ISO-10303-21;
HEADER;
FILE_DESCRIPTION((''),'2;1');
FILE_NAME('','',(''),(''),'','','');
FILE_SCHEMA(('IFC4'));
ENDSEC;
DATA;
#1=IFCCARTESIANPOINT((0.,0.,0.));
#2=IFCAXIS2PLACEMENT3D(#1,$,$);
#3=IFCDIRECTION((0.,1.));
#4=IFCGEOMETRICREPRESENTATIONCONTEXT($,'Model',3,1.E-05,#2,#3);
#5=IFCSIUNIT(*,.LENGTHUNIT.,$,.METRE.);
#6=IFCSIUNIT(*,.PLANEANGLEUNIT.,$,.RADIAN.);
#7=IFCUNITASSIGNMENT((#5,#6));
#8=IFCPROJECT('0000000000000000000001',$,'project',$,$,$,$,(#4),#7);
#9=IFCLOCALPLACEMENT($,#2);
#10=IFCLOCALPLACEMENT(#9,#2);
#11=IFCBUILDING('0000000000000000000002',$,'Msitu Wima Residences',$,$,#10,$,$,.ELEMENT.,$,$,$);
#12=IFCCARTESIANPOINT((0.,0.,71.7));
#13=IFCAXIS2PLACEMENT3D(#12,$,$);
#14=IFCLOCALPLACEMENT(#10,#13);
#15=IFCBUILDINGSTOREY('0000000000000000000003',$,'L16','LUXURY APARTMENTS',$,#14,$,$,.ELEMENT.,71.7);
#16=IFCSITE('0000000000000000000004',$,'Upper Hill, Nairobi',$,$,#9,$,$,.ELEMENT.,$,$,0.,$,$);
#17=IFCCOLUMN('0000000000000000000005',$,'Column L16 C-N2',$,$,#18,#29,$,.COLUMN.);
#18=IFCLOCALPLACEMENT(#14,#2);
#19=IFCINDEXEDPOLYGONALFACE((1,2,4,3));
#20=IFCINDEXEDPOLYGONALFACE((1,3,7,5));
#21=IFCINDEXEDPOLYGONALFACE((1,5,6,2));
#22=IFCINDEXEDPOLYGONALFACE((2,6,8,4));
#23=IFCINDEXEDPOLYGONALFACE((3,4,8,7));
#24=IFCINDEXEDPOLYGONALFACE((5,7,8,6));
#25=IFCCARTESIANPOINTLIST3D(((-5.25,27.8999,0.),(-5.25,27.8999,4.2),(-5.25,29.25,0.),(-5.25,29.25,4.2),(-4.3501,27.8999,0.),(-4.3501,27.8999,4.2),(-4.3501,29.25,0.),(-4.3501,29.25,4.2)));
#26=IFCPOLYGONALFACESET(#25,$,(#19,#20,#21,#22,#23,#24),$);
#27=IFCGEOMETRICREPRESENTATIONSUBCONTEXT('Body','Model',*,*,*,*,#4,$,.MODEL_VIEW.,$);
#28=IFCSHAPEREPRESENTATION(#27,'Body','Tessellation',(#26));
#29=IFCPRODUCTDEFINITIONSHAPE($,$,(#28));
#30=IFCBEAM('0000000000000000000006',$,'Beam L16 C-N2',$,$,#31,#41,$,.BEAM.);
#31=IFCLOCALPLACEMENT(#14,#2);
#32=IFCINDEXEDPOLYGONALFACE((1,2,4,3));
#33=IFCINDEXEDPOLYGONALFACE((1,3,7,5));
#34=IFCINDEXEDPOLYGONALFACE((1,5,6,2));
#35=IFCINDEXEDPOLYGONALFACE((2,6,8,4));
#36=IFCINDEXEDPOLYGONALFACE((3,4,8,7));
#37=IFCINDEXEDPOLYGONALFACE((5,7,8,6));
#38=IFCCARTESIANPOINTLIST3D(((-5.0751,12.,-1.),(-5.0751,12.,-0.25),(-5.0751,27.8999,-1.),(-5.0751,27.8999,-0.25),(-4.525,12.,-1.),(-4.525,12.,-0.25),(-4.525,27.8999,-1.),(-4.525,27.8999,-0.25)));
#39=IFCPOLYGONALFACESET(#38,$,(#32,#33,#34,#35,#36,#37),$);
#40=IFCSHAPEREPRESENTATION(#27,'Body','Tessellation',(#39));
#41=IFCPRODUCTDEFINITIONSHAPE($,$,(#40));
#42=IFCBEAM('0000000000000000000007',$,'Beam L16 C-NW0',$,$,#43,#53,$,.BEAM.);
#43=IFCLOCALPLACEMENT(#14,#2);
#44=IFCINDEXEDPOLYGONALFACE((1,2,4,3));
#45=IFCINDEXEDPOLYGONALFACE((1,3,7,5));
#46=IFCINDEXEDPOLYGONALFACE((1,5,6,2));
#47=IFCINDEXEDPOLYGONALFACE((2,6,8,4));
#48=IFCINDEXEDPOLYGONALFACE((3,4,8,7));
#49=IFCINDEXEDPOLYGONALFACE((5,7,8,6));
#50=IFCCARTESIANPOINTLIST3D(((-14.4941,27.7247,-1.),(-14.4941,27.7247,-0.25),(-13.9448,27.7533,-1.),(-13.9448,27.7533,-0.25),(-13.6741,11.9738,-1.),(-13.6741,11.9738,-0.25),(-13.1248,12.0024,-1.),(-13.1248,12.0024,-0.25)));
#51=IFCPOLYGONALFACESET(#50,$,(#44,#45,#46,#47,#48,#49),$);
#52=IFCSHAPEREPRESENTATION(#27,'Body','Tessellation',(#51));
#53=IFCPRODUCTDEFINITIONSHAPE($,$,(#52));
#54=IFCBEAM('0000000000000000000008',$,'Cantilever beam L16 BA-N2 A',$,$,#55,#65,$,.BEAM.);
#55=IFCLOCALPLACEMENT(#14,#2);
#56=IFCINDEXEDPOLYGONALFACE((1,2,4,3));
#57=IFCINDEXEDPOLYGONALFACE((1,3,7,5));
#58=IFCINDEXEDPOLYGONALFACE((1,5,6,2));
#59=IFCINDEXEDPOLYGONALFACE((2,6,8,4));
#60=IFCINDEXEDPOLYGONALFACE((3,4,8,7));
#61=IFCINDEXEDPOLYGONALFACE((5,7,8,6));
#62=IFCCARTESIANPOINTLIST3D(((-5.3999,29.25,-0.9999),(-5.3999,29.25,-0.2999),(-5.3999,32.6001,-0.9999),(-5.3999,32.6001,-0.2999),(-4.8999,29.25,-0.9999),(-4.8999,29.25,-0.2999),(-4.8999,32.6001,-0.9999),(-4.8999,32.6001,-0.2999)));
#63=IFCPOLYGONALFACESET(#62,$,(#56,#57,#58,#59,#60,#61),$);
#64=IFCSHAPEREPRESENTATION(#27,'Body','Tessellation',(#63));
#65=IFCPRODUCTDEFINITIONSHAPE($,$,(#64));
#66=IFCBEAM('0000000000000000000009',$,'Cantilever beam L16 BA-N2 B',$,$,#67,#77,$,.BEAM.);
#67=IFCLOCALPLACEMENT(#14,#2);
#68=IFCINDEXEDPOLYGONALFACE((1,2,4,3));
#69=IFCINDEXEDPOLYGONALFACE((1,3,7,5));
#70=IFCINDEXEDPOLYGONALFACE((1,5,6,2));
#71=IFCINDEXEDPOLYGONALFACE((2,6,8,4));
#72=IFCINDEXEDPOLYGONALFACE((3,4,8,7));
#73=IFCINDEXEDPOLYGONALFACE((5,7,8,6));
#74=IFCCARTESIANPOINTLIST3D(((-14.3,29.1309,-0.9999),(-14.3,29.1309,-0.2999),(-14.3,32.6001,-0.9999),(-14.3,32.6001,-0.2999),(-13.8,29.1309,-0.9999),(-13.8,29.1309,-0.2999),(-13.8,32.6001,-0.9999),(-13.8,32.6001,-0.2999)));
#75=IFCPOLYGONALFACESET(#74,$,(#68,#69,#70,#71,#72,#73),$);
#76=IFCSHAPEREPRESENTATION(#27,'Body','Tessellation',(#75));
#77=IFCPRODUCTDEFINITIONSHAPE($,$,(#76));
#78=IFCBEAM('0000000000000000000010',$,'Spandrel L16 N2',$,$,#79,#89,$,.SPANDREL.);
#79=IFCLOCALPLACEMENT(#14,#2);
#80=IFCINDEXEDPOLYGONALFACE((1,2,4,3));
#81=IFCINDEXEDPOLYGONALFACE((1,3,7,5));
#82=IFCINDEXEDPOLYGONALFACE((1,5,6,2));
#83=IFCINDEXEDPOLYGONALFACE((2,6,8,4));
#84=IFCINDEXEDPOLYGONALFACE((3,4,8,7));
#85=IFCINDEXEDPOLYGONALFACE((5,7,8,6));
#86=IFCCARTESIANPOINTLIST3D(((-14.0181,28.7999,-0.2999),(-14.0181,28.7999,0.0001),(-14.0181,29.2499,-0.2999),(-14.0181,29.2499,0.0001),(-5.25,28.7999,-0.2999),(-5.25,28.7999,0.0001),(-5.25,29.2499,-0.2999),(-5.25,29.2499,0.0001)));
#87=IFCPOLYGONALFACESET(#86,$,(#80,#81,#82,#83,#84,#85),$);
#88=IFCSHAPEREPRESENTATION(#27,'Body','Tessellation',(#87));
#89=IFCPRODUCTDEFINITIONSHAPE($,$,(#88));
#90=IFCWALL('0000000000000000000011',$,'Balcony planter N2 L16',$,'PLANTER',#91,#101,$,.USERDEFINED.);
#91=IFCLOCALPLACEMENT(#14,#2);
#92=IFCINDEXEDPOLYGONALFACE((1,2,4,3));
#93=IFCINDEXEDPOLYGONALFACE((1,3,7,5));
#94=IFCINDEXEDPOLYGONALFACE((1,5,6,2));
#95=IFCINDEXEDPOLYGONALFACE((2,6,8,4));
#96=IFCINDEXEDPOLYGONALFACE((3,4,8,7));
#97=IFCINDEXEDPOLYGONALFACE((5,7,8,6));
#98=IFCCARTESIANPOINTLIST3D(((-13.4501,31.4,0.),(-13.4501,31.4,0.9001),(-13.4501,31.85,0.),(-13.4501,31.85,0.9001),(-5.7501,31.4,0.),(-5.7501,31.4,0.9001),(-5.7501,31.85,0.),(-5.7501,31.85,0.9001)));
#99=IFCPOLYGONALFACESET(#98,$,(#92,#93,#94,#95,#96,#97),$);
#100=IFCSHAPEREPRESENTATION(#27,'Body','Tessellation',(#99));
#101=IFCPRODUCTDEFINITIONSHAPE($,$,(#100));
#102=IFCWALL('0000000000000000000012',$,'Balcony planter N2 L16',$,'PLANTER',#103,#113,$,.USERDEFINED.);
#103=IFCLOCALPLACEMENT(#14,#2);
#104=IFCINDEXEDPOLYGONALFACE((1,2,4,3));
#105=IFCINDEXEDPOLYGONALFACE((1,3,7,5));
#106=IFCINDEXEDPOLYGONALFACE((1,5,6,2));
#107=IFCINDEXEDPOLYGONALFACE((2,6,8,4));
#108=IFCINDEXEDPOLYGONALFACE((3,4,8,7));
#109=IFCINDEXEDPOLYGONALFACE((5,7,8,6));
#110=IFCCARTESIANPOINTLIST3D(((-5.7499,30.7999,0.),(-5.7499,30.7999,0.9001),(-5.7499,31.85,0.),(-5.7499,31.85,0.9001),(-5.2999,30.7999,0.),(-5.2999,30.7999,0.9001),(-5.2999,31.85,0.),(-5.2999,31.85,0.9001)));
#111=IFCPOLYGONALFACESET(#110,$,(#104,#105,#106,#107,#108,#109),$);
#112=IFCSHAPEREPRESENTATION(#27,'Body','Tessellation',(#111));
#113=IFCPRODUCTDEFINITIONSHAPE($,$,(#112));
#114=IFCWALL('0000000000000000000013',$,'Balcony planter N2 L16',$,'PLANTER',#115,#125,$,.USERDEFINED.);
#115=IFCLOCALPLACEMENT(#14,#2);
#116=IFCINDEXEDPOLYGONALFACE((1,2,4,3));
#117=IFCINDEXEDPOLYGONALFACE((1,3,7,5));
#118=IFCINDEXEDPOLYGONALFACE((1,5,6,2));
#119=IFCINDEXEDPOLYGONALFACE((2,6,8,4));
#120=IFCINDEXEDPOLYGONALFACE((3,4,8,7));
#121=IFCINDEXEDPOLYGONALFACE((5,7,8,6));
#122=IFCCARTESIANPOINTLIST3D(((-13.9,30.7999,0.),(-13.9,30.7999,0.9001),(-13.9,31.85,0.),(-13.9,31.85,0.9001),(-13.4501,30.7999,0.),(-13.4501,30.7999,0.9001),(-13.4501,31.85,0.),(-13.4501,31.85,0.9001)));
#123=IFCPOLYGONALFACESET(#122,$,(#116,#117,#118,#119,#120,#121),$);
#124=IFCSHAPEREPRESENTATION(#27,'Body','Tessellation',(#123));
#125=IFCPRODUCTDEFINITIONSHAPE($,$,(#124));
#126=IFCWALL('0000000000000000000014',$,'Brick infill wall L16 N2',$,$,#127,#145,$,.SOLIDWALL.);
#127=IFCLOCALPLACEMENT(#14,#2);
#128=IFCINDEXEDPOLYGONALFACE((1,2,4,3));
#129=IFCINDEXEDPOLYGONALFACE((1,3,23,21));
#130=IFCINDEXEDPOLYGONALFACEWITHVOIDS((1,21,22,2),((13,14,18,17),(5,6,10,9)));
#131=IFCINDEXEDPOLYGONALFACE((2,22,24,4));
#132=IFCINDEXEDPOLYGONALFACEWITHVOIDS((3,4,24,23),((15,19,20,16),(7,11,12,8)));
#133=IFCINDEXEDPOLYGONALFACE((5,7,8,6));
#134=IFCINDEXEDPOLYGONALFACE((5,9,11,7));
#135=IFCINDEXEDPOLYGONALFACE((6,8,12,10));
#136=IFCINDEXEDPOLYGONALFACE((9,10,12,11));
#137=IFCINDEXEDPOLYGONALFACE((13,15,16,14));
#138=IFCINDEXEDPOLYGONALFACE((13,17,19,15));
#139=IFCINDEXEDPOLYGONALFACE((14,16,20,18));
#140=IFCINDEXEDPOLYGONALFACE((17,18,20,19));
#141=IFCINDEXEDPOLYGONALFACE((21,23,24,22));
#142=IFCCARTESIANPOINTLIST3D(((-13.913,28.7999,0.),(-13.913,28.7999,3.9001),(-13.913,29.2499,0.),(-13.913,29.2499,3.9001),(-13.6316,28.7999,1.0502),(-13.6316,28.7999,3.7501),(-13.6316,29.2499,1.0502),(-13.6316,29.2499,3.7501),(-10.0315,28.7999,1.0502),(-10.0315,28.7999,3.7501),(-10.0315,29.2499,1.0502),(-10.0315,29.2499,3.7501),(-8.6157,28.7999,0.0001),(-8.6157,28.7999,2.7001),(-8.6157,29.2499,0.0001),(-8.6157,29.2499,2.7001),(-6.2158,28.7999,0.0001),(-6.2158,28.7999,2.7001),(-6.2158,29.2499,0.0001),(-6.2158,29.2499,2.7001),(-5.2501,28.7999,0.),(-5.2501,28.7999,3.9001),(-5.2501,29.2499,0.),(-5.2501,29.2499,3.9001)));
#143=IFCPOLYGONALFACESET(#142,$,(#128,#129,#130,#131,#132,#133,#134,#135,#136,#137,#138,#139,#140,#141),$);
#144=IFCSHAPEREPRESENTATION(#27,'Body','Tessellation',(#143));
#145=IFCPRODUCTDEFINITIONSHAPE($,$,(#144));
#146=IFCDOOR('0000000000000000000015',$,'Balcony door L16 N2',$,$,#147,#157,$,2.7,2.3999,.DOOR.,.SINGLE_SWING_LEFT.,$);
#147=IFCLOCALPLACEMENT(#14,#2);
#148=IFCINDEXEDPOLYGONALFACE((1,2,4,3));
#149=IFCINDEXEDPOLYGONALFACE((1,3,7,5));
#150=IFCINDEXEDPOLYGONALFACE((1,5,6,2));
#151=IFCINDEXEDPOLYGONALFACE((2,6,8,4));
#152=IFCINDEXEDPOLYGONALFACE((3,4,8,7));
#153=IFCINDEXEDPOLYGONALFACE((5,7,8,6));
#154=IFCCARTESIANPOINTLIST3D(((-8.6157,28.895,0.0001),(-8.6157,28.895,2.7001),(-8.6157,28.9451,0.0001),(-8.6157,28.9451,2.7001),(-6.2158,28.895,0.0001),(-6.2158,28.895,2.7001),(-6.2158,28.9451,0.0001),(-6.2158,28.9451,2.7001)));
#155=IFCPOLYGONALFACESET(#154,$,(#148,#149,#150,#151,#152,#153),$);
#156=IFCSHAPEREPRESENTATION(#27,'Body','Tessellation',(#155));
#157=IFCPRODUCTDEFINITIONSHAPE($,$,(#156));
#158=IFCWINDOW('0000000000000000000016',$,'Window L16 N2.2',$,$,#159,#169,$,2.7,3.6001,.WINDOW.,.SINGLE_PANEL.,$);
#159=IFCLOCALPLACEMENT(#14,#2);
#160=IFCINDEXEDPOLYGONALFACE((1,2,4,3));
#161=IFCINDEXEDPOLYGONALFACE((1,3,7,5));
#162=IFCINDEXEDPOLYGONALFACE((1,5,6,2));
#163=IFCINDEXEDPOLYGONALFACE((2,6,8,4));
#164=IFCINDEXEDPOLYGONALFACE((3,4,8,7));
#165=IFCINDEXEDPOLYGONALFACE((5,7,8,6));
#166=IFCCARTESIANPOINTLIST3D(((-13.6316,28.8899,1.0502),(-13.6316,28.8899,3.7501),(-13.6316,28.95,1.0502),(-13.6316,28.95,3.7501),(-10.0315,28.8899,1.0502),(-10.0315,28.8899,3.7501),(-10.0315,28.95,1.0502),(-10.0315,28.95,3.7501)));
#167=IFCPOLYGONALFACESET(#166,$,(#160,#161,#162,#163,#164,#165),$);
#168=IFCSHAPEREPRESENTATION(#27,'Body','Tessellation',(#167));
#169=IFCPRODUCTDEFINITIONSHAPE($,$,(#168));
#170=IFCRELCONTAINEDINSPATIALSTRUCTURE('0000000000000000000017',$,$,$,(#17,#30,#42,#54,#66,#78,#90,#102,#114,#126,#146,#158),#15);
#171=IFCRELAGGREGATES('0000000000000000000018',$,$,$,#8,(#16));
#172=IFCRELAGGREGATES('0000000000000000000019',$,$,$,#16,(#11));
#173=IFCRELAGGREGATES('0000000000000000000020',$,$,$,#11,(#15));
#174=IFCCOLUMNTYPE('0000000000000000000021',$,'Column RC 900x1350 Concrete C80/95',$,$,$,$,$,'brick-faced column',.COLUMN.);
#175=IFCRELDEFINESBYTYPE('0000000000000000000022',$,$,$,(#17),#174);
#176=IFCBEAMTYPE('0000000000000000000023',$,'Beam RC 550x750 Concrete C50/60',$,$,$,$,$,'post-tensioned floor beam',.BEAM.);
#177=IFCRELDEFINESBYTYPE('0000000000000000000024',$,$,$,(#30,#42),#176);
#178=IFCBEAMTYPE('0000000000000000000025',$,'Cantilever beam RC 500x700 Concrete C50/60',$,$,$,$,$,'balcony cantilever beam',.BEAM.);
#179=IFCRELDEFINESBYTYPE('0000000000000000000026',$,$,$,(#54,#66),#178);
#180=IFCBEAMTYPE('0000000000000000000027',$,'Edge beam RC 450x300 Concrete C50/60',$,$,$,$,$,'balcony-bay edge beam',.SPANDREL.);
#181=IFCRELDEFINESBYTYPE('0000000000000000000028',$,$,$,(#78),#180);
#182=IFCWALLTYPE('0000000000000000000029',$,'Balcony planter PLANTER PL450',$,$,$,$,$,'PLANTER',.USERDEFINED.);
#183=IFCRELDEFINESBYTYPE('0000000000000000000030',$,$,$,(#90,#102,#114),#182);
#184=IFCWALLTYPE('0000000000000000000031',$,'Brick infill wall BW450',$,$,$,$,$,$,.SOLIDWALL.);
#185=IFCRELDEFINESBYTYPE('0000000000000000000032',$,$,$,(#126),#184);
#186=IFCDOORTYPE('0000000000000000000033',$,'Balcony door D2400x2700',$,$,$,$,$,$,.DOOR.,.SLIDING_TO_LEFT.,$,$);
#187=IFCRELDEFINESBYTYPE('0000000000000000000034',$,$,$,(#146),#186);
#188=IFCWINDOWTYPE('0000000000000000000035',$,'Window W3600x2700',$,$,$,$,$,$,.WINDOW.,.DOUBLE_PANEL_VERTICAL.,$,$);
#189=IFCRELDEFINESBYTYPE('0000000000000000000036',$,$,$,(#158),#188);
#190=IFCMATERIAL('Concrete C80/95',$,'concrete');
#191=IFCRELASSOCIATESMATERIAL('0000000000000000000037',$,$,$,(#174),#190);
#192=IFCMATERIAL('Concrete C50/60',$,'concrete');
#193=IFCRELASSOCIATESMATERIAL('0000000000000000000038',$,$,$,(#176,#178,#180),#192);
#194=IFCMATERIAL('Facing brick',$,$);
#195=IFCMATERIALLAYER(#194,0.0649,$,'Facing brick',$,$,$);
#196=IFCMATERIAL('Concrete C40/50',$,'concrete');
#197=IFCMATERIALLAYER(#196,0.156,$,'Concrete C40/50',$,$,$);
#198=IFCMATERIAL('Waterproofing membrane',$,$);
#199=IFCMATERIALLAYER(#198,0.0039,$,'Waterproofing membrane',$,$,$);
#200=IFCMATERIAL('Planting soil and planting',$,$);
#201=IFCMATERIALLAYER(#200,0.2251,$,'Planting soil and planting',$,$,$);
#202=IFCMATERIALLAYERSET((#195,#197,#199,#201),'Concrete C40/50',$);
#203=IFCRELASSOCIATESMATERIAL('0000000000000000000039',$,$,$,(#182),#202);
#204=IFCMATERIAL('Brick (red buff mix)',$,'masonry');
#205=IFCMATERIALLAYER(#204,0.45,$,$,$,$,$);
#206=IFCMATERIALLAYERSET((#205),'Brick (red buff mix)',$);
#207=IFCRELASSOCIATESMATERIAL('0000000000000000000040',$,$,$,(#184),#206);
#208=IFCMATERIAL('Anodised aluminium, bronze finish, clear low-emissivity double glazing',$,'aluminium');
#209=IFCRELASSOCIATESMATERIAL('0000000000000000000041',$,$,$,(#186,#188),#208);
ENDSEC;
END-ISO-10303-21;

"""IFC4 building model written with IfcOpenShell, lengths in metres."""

from ifc_helpers import new_model, si_unit, direction, frame, frame_2d, origin, origin_2d, place, context, subcontext, project, spatial, rectangle, extrude, material, layer, layer_set, material_profile, profile_set, type_object, element, fill, save


model = new_model("IFC4")

# Units and contexts
model_context = context("Model", 3, precision=1e-05, world=origin(), true_north=direction((0.0, 1.0)))
body_context = subcontext(model_context, "Body", "Model", "MODEL_VIEW")
ifc_project = project(units=[si_unit("LENGTHUNIT", "METRE"), si_unit("PLANEANGLEUNIT", "RADIAN")], contexts=[model_context])

# Site, building, storey
site_placement = place(None, origin())
site = spatial("IfcSite", under=ifc_project, at=site_placement, Name="Upper Hill, Nairobi", CompositionType="ELEMENT", RefElevation=0.0)
building_placement = place(site_placement, origin())
building = spatial("IfcBuilding", under=site, at=building_placement, Name="Msitu Wima Residences", CompositionType="ELEMENT")
storey_placement = place(building_placement, frame((0.0, 0.0, 71.7)))
storey = spatial("IfcBuildingStorey", under=building, at=storey_placement, Name="L16", Description="LUXURY APARTMENTS", CompositionType="ELEMENT", Elevation=71.7)

# Column
ifc_material_1 = material(Name="Concrete C80/95", Category="concrete")
ifc_material_profile_1 = material_profile(ifc_material_1, rectangle(XDim=0.8999, YDim=1.3501, at=origin_2d()), Name="RC 900x1350")
ifc_profile_set_1 = profile_set([ifc_material_profile_1], Name="Concrete C80/95")
column_type = type_object("IfcColumnType", Name="Column RC 900x1350 Concrete C80/95", ElementType="brick-faced column", PredefinedType="COLUMN", material=ifc_profile_set_1)
column_placement = place(storey_placement, frame((-4.8, 28.575, 0.0), z_axis=(0.0, 0.0, 1.0), x_axis=(-1.0, 0.0, 0.0)))
element("IfcColumn", 1, at=column_placement, inside=storey, type_object=column_type, Name="Column L16 C-N2", PredefinedType="COLUMN", context=body_context, shape_type="SweptSolid", body=[
    extrude(rectangle(XDim=0.8999, YDim=1.3501, at=origin_2d()), origin(), (0.0, 0.0, 1.0), 4.2),
])

# Beams
ifc_material_2 = material(Name="Concrete C50/60", Category="concrete")
ifc_material_profile_2 = material_profile(ifc_material_2, rectangle(XDim=0.55, YDim=0.75, at=origin_2d()), Name="RC 550x750")
ifc_profile_set_2 = profile_set([ifc_material_profile_2], Name="Concrete C50/60")
beam_type_1 = type_object("IfcBeamType", Name="Beam RC 550x750 Concrete C50/60", ElementType="post-tensioned floor beam", PredefinedType="BEAM", material=ifc_profile_set_2)
beam_1_placement = place(storey_placement, frame((-4.8, 27.8999, -0.625), z_axis=(0.0, -1.0, 0.0), x_axis=(1.0, 0.0, 0.0)))
element("IfcBeam", 2, at=beam_1_placement, inside=storey, type_object=beam_type_1, Name="Beam L16 C-N2", PredefinedType="BEAM", context=body_context, shape_type="SweptSolid", body=[
    extrude(rectangle(XDim=0.55, YDim=0.75, at=origin_2d()), origin(), (0.0, 0.0, 1.0), 15.8999),
])
beam_2_placement = place(storey_placement, frame((-14.2195, 27.739, -0.625), z_axis=(0.051994, -0.998647, 0.0), x_axis=(0.998647, 0.051994, 0.0)))
element("IfcBeam", 3, at=beam_2_placement, inside=storey, type_object=beam_type_1, Name="Beam L16 C-NW0", PredefinedType="BEAM", context=body_context, shape_type="SweptSolid", body=[
    extrude(rectangle(XDim=0.55, YDim=0.75, at=origin_2d()), origin(), (0.0, 0.0, 1.0), 15.7722),
])
ifc_material_profile_3 = material_profile(ifc_material_2, rectangle(XDim=0.5, YDim=0.7, at=origin_2d()), Name="RC 500x700")
ifc_profile_set_3 = profile_set([ifc_material_profile_3], Name="Concrete C50/60")
beam_type_2 = type_object("IfcBeamType", Name="Cantilever beam RC 500x700 Concrete C50/60", ElementType="balcony cantilever beam", PredefinedType="BEAM", material=ifc_profile_set_3)
beam_3_placement = place(storey_placement, frame((-5.1499, 29.25, -0.6499), z_axis=(0.0, 1.0, 0.0), x_axis=(-1.0, 0.0, 0.0)))
element("IfcBeam", 4, at=beam_3_placement, inside=storey, type_object=beam_type_2, Name="Cantilever beam L16 BA-N2 A", PredefinedType="BEAM", context=body_context, shape_type="SweptSolid", body=[
    extrude(rectangle(XDim=0.5, YDim=0.7, at=origin_2d()), origin(), (0.0, 0.0, 1.0), 3.3501),
])
beam_4_placement = place(storey_placement, frame((-14.05, 29.1309, -0.6499), z_axis=(0.0, 1.0, 0.0), x_axis=(-1.0, 0.0, 0.0)))
element("IfcBeam", 5, at=beam_4_placement, inside=storey, type_object=beam_type_2, Name="Cantilever beam L16 BA-N2 B", PredefinedType="BEAM", context=body_context, shape_type="SweptSolid", body=[
    extrude(rectangle(XDim=0.5, YDim=0.7, at=origin_2d()), origin(), (0.0, 0.0, 1.0), 3.4692),
])
ifc_material_profile_4 = material_profile(ifc_material_2, rectangle(XDim=0.45, YDim=0.3, at=origin_2d()), Name="RC 450x300")
ifc_profile_set_4 = profile_set([ifc_material_profile_4], Name="Concrete C50/60")
beam_type_3 = type_object("IfcBeamType", Name="Edge beam RC 450x300 Concrete C50/60", ElementType="balcony-bay edge beam", PredefinedType="SPANDREL", material=ifc_profile_set_4)
beam_5_placement = place(storey_placement, frame((-5.25, 29.0249, -0.1499), z_axis=(-1.0, 0.0, 0.0), x_axis=(0.0, -1.0, 0.0)))
element("IfcBeam", 6, at=beam_5_placement, inside=storey, type_object=beam_type_3, Name="Spandrel L16 N2", PredefinedType="SPANDREL", context=body_context, shape_type="SweptSolid", body=[
    extrude(rectangle(XDim=0.45, YDim=0.3, at=origin_2d()), origin(), (0.0, 0.0, 1.0), 8.7681),
])

# Walls
ifc_material_3 = material(Name="Facing brick")
ifc_layer_1 = layer(ifc_material_3, 0.0649, Name="Facing brick")
ifc_material_4 = material(Name="Concrete C40/50", Category="concrete")
ifc_layer_2 = layer(ifc_material_4, 0.156, Name="Concrete C40/50")
ifc_material_5 = material(Name="Waterproofing membrane")
ifc_layer_3 = layer(ifc_material_5, 0.0039, Name="Waterproofing membrane")
ifc_material_6 = material(Name="Planting soil and planting")
ifc_layer_4 = layer(ifc_material_6, 0.2251, Name="Planting soil and planting")
ifc_layer_set_1 = layer_set([ifc_layer_1, ifc_layer_2, ifc_layer_3, ifc_layer_4], Name="Concrete C40/50")
wall_type_1 = type_object("IfcWallType", Name="Balcony planter PLANTER PL450", ElementType="PLANTER", PredefinedType="USERDEFINED", material=ifc_layer_set_1)
wall_1_placement = place(storey_placement, frame((-5.75, 31.625, 0.0), z_axis=(0.0, 0.0, 1.0), x_axis=(-1.0, 0.0, 0.0)))
element("IfcWall", 7, at=wall_1_placement, inside=storey, type_object=wall_type_1, Name="Balcony planter N2 L16", ObjectType="PLANTER", PredefinedType="USERDEFINED", context=body_context, shape_type="SweptSolid", body=[
    extrude(rectangle(XDim=7.7, YDim=0.45, at=frame_2d((3.8501, 0.0))), origin(), (0.0, 0.0, 1.0), 0.9001),
])
for number, where, z_axis, x_axis, name in (
    (8, (-5.5249, 30.8, 0.0), (0.0, 0.0, 1.0), (0.0, 1.0, 0.0), "Balcony planter N2 L16"),
    (9, (-13.675, 30.8, 0.0), (0.0, 0.0, 1.0), (0.0, 1.0, 0.0), "Balcony planter N2 L16"),
):
    element("IfcWall", number, at=place(storey_placement, frame(where, z_axis=z_axis, x_axis=x_axis)), inside=storey, type_object=wall_type_1, Name=name, ObjectType="PLANTER", PredefinedType="USERDEFINED", context=body_context, shape_type="SweptSolid", body=[
        extrude(rectangle(XDim=1.05, YDim=0.45, at=frame_2d((0.5249, 0.0))), origin(), (0.0, 0.0, 1.0), 0.9001),
    ])

# Wall, openings, door, window
ifc_material_7 = material(Name="Brick (red buff mix)", Category="masonry")
ifc_layer_5 = layer(ifc_material_7, 0.45)
ifc_layer_set_2 = layer_set([ifc_layer_5], Name="Brick (red buff mix)")
wall_type_2 = type_object("IfcWallType", Name="Brick infill wall BW450", PredefinedType="SOLIDWALL", material=ifc_layer_set_2)
wall_2_placement = place(storey_placement, frame((-5.25, 29.0249, 0.0), z_axis=(0.0, 0.0, 1.0), x_axis=(-1.0, 0.0, 0.0)))
wall_2 = element("IfcWall", 10, at=wall_2_placement, inside=storey, type_object=wall_type_2, Name="Brick infill wall L16 N2", PredefinedType="SOLIDWALL", context=body_context, shape_type="SweptSolid", body=[
    extrude(rectangle(XDim=8.6628, YDim=0.45, at=frame_2d((4.3315, 0.0))), origin(), (0.0, 0.0, 1.0), 3.9001),
])
opening_1_placement = place(wall_2_placement, frame((0.9658, 0.0, 0.0)))
opening_1 = element("IfcOpeningElement", 11, at=opening_1_placement, cuts=wall_2, PredefinedType="OPENING", context=body_context, shape_type="SweptSolid", body=[
    extrude(rectangle(XDim=2.3999, YDim=2.7, at=frame_2d((1.2, 1.3501))), frame((0.0, 0.2349, 0.0), z_axis=(0.0, -1.0, 0.0), x_axis=(1.0, 0.0, 0.0)), (0.0, 0.0, 1.0), 0.47),
])
opening_2_placement = place(wall_2_placement, frame((4.7815, 0.0, 1.05)))
opening_2 = element("IfcOpeningElement", 12, at=opening_2_placement, cuts=wall_2, PredefinedType="OPENING", context=body_context, shape_type="SweptSolid", body=[
    extrude(rectangle(XDim=3.6001, YDim=2.7, at=frame_2d((1.8, 1.3501))), frame((0.0, 0.2349, 0.0), z_axis=(0.0, -1.0, 0.0), x_axis=(1.0, 0.0, 0.0)), (0.0, 0.0, 1.0), 0.47),
])
ifc_material_8 = material(Name="Anodised aluminium, bronze finish, clear low-emissivity double glazing", Category="aluminium")
door_type_1 = type_object("IfcDoorType", Name="Balcony door D2400x2700", OperationType="SLIDING_TO_LEFT", PredefinedType="DOOR", material=ifc_material_8)
door_1_placement = place(opening_1_placement, origin())
door_1 = element("IfcDoor", 13, at=door_1_placement, inside=storey, type_object=door_type_1, Name="Balcony door L16 N2", OperationType="SINGLE_SWING_LEFT", OverallHeight=2.7, OverallWidth=2.3999, PredefinedType="DOOR", context=body_context, shape_type="SweptSolid", body=[
    extrude(rectangle(XDim=2.3999, YDim=2.7, at=frame_2d((1.2, 1.3501))), frame((0.0, 0.1299, 0.0), z_axis=(0.0, -1.0, 0.0), x_axis=(1.0, 0.0, 0.0)), (0.0, 0.0, 1.0), 0.05),
])
fill(opening_1, door_1)
window_type = type_object("IfcWindowType", Name="Window W3600x2700", PartitioningType="DOUBLE_PANEL_VERTICAL", PredefinedType="WINDOW", material=ifc_material_8)
window_placement = place(opening_2_placement, origin())
window = element("IfcWindow", 14, at=window_placement, inside=storey, type_object=window_type, Name="Window L16 N2.2", OverallHeight=2.7, OverallWidth=3.6001, PartitioningType="SINGLE_PANEL", PredefinedType="WINDOW", context=body_context, shape_type="SweptSolid", body=[
    extrude(rectangle(XDim=3.6001, YDim=2.7, at=frame_2d((1.8, 1.3501))), frame((0.0, 0.135, 0.0), z_axis=(0.0, -1.0, 0.0), x_axis=(1.0, 0.0, 0.0)), (0.0, 0.0, 1.0), 0.0601),
])
fill(opening_2, window)

save(model, "model.ifc")
